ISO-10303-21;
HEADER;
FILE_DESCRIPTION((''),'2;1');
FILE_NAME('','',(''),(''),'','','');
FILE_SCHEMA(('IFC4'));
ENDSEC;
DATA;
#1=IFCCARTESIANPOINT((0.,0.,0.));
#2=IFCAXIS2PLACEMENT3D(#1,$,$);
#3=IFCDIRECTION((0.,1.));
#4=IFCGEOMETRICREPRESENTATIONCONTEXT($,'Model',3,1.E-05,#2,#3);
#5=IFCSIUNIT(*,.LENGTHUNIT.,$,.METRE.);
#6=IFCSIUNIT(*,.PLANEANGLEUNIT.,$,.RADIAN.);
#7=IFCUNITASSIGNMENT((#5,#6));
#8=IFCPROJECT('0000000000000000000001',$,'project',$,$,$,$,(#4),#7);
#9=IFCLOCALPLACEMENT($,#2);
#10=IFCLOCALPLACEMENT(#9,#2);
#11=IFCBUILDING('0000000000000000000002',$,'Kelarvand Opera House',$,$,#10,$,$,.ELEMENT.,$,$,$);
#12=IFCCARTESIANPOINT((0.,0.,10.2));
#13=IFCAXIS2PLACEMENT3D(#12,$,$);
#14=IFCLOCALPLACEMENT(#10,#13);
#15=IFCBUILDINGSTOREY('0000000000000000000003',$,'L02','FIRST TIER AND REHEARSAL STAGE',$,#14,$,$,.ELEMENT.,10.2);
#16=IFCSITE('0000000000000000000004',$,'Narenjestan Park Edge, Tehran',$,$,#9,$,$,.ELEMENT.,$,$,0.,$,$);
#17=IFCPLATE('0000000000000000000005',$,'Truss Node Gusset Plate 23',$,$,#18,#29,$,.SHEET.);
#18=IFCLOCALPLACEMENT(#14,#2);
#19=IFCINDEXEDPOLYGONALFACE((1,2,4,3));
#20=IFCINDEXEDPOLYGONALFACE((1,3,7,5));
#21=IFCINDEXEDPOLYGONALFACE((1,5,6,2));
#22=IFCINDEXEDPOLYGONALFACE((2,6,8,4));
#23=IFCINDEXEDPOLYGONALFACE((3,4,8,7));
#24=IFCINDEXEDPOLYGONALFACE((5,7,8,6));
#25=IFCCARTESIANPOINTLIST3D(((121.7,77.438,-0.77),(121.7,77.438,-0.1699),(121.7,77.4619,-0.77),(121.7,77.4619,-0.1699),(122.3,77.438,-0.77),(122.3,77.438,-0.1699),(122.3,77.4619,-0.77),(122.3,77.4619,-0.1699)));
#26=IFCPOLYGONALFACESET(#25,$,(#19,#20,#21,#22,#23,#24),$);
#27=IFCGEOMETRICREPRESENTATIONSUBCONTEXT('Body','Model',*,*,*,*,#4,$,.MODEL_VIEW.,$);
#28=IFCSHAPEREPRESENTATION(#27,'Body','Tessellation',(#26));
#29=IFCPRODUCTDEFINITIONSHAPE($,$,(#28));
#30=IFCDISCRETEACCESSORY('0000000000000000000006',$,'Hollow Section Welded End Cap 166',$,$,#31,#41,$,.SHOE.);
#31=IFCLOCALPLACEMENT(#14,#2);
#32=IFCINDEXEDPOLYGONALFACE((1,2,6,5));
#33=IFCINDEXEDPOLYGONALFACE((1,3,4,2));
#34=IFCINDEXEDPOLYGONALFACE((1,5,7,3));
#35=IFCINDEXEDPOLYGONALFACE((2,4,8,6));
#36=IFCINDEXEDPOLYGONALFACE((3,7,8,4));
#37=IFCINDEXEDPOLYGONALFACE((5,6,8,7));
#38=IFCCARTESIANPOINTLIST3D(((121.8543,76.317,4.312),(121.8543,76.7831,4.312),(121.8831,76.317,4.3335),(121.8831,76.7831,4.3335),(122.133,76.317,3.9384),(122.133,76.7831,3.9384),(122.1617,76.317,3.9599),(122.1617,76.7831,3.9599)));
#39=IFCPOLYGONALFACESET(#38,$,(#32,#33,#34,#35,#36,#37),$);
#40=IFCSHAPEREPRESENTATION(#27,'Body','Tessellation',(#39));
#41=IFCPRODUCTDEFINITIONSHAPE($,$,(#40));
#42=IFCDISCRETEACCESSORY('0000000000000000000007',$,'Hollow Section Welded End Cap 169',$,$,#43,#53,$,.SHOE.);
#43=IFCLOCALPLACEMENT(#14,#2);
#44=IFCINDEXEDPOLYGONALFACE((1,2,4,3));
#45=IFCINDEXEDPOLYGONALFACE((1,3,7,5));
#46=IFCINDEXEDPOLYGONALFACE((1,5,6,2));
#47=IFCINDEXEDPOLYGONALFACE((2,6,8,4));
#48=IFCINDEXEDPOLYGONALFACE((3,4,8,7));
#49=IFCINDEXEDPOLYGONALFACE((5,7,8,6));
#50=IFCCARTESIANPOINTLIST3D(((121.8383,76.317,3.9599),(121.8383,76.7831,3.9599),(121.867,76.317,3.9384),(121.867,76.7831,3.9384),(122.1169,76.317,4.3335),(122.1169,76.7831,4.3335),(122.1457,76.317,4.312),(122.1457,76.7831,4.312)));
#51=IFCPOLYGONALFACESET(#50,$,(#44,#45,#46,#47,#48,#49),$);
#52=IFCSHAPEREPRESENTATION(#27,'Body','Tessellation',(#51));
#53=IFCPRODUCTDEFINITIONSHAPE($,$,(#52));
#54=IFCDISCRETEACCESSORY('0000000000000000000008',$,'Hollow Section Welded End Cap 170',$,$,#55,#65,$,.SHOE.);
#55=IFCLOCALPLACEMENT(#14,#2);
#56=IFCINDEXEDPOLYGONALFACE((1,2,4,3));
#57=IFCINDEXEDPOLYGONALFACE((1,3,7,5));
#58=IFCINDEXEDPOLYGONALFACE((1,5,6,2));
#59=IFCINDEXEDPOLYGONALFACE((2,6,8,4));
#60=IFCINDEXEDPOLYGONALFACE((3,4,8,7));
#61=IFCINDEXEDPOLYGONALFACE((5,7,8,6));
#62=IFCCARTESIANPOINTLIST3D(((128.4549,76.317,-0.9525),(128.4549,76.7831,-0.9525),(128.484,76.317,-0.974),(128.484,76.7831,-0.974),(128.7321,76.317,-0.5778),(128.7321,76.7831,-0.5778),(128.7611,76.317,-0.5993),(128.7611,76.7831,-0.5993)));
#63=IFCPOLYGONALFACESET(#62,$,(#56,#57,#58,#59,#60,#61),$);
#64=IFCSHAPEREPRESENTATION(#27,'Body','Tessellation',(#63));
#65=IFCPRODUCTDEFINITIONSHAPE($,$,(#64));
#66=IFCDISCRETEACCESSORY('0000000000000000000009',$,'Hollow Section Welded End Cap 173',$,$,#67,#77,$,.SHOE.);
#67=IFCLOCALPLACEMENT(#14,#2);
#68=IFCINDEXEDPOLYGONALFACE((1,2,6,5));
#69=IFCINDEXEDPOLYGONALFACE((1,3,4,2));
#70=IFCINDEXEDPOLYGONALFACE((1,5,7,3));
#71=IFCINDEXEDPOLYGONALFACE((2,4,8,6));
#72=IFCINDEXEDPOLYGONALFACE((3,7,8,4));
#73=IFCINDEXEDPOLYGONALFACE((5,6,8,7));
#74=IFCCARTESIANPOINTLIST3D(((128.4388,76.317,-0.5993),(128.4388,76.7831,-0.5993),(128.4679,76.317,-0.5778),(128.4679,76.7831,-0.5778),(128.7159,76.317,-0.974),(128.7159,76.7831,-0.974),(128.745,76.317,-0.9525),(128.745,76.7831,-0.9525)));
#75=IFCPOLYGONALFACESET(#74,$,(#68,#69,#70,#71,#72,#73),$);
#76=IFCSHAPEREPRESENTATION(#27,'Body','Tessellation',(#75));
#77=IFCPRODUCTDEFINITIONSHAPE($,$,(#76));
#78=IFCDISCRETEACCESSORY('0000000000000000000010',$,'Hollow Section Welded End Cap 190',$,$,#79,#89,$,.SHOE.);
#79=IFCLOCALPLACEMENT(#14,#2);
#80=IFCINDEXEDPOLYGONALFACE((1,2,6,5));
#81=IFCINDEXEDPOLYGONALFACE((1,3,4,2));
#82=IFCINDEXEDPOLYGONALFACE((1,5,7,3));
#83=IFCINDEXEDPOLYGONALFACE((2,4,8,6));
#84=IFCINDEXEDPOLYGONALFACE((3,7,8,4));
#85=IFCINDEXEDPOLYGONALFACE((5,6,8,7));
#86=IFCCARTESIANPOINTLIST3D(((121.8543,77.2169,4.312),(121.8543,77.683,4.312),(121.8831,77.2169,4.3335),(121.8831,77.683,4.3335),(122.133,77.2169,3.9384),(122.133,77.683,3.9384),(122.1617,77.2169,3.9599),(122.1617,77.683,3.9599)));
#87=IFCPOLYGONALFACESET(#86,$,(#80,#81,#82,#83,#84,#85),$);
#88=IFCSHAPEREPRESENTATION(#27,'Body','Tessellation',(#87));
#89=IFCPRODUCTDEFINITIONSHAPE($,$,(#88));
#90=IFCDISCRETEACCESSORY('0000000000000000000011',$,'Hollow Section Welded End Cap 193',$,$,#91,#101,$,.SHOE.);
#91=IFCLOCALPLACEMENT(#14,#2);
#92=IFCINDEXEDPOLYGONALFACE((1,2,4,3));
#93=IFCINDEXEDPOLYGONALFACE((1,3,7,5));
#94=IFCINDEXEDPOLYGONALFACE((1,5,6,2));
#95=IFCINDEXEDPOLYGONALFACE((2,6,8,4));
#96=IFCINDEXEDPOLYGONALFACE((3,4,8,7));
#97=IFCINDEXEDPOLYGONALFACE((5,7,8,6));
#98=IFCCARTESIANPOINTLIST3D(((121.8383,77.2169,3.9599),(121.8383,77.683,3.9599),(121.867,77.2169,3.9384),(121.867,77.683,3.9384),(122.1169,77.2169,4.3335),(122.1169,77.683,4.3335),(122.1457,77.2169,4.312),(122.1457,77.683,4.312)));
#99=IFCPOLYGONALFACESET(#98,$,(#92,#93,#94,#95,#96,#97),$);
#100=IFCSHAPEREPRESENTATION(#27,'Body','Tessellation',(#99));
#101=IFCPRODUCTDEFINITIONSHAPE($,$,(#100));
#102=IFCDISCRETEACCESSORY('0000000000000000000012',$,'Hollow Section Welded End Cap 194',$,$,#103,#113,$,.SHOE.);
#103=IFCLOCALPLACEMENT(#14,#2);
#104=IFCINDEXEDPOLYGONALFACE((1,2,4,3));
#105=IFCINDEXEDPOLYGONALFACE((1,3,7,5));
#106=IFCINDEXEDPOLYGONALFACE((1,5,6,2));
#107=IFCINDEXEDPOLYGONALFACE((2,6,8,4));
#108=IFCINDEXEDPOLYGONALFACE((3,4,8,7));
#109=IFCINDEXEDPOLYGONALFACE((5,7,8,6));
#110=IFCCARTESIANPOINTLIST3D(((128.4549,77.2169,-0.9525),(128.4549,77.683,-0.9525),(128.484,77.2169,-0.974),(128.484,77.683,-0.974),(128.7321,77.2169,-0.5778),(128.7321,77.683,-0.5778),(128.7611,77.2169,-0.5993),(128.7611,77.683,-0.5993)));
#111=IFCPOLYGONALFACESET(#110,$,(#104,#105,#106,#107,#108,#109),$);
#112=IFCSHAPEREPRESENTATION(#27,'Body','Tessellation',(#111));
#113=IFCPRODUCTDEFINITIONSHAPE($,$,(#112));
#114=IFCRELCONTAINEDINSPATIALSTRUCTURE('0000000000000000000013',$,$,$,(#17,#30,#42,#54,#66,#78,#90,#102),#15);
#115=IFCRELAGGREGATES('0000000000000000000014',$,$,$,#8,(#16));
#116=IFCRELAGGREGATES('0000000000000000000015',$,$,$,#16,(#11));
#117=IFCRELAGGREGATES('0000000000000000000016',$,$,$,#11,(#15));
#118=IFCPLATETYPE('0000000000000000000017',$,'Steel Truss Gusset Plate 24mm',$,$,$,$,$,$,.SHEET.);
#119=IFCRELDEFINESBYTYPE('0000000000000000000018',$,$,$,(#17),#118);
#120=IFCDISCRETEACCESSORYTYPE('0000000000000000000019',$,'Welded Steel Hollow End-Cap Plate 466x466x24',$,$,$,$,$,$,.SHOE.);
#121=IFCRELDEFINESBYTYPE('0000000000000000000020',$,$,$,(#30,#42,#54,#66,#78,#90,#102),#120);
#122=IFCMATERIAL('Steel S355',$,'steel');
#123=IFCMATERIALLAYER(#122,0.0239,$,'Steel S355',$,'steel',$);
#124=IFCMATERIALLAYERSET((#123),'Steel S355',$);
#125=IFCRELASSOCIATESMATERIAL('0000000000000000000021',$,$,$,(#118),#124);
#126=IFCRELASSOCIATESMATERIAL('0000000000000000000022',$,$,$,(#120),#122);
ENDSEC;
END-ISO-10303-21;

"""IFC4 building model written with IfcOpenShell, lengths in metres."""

from ifc_helpers import new_model, si_unit, direction, frame, origin, origin_2d, place, context, subcontext, project, spatial, rectangle, extrude, material, layer, layer_set, material_profile, profile_set, type_object, element, save


model = new_model("IFC4")

# Units and contexts
model_context = context("Model", 3, precision=1e-05, world=origin(), true_north=direction((0.0, 1.0)))
body_context = subcontext(model_context, "Body", "Model", "MODEL_VIEW")
ifc_project = project(units=[si_unit("LENGTHUNIT", "METRE"), si_unit("PLANEANGLEUNIT", "RADIAN")], contexts=[model_context])

# Site, building, storey
site_placement = place(None, origin())
site = spatial("IfcSite", under=ifc_project, at=site_placement, Name="Narenjestan Park Edge, Tehran", CompositionType="ELEMENT", RefElevation=0.0)
building_placement = place(site_placement, origin())
building = spatial("IfcBuilding", under=site, at=building_placement, Name="Kelarvand Opera House", CompositionType="ELEMENT")
storey_placement = place(building_placement, frame((0.0, 0.0, 10.2)))
storey = spatial("IfcBuildingStorey", under=building, at=storey_placement, Name="L02", Description="FIRST TIER AND REHEARSAL STAGE", CompositionType="ELEMENT", Elevation=10.2)

# Shared definitions
ifc_material = material(Name="Steel S355", Category="steel")

# Plate
ifc_layer_1 = layer(ifc_material, 0.0239, Name="Steel S355", Category="steel")
ifc_layer_set_1 = layer_set([ifc_layer_1], Name="Steel S355")
plate_type_1 = type_object("IfcPlateType", Name="Steel Truss Gusset Plate 24mm", PredefinedType="SHEET", material=ifc_layer_set_1)
for number, where, z_axis, x_axis, name in (
    (1, (122.0, 77.45, -0.77), (0.0, 0.0, 1.0), (1.0, 0.0, 0.0), "Truss Node Gusset Plate 23"),
):
    element("IfcPlate", number, at=place(storey_placement, frame(where, z_axis=z_axis, x_axis=x_axis)), inside=storey, type_object=plate_type_1, Name=name, PredefinedType="SHEET", context=body_context, shape_type="SweptSolid", body=[
        extrude(rectangle(XDim=0.6001, YDim=0.0239, at=origin_2d()), origin(), (0.0, 0.0, 1.0), 0.6001),
    ])

# Discrete accessories
ifc_material_profile_1 = material_profile(ifc_material, rectangle(XDim=0.4661, YDim=0.4661, at=origin_2d()), Name="Welded Steel Hollow End-Cap Plate 466x466x24", Category="steel")
ifc_profile_set_1 = profile_set([ifc_material_profile_1], Name="Steel S355")
discrete_accessory_type = type_object("IfcDiscreteAccessoryType", Name="Welded Steel Hollow End-Cap Plate 466x466x24", PredefinedType="SHOE", material=ifc_profile_set_1)
for number, where, z_axis, x_axis, name in (
    (2, (121.9937, 76.55, 4.1252), (0.801627, 0.0, 0.597824), (0.0, 1.0, 0.0), "Hollow Section Welded End Cap 166"),
    (3, (122.0063, 76.55, 4.1252), (-0.801627, 0.0, 0.597824), (0.0, -1.0, 0.0), "Hollow Section Welded End Cap 169"),
):
    element("IfcDiscreteAccessory", number, at=place(storey_placement, frame(where, z_axis=z_axis, x_axis=x_axis)), inside=storey, type_object=discrete_accessory_type, Name=name, PredefinedType="SHOE", context=body_context, shape_type="SweptSolid", body=[
        extrude(rectangle(XDim=0.4661, YDim=0.4661, at=origin_2d()), origin(), (0.0, 0.0, 1.0), 0.0359),
    ])
for number, where, z_axis, x_axis, name in (
    (4, (128.5935, 76.55, -0.7651), (0.804036, 0.0, -0.594581), (0.0, 1.0, 0.0), "Hollow Section Welded End Cap 170"),
    (5, (128.6064, 76.55, -0.7651), (-0.804036, 0.0, -0.594581), (0.0, -1.0, 0.0), "Hollow Section Welded End Cap 173"),
):
    element("IfcDiscreteAccessory", number, at=place(storey_placement, frame(where, z_axis=z_axis, x_axis=x_axis)), inside=storey, type_object=discrete_accessory_type, Name=name, PredefinedType="SHOE", context=body_context, shape_type="SweptSolid", body=[
        extrude(rectangle(XDim=0.4661, YDim=0.4661, at=origin_2d()), origin(), (0.0, 0.0, 1.0), 0.0361),
    ])
for number, where, z_axis, x_axis, name in (
    (6, (121.9937, 77.45, 4.1252), (0.801627, 0.0, 0.597824), (0.0, 1.0, 0.0), "Hollow Section Welded End Cap 190"),
    (7, (122.0063, 77.45, 4.1252), (-0.801627, 0.0, 0.597824), (0.0, -1.0, 0.0), "Hollow Section Welded End Cap 193"),
):
    element("IfcDiscreteAccessory", number, at=place(storey_placement, frame(where, z_axis=z_axis, x_axis=x_axis)), inside=storey, type_object=discrete_accessory_type, Name=name, PredefinedType="SHOE", context=body_context, shape_type="SweptSolid", body=[
        extrude(rectangle(XDim=0.4661, YDim=0.4661, at=origin_2d()), origin(), (0.0, 0.0, 1.0), 0.0359),
    ])
discrete_accessory_placement = place(storey_placement, frame((128.5935, 77.45, -0.7651), z_axis=(0.804036, 0.0, -0.594581), x_axis=(0.0, 1.0, 0.0)))
element("IfcDiscreteAccessory", 8, at=discrete_accessory_placement, inside=storey, type_object=discrete_accessory_type, Name="Hollow Section Welded End Cap 194", PredefinedType="SHOE", context=body_context, shape_type="SweptSolid", body=[
    extrude(rectangle(XDim=0.4661, YDim=0.4661, at=origin_2d()), origin(), (0.0, 0.0, 1.0), 0.0361),
])

save(model, "model.ifc")
